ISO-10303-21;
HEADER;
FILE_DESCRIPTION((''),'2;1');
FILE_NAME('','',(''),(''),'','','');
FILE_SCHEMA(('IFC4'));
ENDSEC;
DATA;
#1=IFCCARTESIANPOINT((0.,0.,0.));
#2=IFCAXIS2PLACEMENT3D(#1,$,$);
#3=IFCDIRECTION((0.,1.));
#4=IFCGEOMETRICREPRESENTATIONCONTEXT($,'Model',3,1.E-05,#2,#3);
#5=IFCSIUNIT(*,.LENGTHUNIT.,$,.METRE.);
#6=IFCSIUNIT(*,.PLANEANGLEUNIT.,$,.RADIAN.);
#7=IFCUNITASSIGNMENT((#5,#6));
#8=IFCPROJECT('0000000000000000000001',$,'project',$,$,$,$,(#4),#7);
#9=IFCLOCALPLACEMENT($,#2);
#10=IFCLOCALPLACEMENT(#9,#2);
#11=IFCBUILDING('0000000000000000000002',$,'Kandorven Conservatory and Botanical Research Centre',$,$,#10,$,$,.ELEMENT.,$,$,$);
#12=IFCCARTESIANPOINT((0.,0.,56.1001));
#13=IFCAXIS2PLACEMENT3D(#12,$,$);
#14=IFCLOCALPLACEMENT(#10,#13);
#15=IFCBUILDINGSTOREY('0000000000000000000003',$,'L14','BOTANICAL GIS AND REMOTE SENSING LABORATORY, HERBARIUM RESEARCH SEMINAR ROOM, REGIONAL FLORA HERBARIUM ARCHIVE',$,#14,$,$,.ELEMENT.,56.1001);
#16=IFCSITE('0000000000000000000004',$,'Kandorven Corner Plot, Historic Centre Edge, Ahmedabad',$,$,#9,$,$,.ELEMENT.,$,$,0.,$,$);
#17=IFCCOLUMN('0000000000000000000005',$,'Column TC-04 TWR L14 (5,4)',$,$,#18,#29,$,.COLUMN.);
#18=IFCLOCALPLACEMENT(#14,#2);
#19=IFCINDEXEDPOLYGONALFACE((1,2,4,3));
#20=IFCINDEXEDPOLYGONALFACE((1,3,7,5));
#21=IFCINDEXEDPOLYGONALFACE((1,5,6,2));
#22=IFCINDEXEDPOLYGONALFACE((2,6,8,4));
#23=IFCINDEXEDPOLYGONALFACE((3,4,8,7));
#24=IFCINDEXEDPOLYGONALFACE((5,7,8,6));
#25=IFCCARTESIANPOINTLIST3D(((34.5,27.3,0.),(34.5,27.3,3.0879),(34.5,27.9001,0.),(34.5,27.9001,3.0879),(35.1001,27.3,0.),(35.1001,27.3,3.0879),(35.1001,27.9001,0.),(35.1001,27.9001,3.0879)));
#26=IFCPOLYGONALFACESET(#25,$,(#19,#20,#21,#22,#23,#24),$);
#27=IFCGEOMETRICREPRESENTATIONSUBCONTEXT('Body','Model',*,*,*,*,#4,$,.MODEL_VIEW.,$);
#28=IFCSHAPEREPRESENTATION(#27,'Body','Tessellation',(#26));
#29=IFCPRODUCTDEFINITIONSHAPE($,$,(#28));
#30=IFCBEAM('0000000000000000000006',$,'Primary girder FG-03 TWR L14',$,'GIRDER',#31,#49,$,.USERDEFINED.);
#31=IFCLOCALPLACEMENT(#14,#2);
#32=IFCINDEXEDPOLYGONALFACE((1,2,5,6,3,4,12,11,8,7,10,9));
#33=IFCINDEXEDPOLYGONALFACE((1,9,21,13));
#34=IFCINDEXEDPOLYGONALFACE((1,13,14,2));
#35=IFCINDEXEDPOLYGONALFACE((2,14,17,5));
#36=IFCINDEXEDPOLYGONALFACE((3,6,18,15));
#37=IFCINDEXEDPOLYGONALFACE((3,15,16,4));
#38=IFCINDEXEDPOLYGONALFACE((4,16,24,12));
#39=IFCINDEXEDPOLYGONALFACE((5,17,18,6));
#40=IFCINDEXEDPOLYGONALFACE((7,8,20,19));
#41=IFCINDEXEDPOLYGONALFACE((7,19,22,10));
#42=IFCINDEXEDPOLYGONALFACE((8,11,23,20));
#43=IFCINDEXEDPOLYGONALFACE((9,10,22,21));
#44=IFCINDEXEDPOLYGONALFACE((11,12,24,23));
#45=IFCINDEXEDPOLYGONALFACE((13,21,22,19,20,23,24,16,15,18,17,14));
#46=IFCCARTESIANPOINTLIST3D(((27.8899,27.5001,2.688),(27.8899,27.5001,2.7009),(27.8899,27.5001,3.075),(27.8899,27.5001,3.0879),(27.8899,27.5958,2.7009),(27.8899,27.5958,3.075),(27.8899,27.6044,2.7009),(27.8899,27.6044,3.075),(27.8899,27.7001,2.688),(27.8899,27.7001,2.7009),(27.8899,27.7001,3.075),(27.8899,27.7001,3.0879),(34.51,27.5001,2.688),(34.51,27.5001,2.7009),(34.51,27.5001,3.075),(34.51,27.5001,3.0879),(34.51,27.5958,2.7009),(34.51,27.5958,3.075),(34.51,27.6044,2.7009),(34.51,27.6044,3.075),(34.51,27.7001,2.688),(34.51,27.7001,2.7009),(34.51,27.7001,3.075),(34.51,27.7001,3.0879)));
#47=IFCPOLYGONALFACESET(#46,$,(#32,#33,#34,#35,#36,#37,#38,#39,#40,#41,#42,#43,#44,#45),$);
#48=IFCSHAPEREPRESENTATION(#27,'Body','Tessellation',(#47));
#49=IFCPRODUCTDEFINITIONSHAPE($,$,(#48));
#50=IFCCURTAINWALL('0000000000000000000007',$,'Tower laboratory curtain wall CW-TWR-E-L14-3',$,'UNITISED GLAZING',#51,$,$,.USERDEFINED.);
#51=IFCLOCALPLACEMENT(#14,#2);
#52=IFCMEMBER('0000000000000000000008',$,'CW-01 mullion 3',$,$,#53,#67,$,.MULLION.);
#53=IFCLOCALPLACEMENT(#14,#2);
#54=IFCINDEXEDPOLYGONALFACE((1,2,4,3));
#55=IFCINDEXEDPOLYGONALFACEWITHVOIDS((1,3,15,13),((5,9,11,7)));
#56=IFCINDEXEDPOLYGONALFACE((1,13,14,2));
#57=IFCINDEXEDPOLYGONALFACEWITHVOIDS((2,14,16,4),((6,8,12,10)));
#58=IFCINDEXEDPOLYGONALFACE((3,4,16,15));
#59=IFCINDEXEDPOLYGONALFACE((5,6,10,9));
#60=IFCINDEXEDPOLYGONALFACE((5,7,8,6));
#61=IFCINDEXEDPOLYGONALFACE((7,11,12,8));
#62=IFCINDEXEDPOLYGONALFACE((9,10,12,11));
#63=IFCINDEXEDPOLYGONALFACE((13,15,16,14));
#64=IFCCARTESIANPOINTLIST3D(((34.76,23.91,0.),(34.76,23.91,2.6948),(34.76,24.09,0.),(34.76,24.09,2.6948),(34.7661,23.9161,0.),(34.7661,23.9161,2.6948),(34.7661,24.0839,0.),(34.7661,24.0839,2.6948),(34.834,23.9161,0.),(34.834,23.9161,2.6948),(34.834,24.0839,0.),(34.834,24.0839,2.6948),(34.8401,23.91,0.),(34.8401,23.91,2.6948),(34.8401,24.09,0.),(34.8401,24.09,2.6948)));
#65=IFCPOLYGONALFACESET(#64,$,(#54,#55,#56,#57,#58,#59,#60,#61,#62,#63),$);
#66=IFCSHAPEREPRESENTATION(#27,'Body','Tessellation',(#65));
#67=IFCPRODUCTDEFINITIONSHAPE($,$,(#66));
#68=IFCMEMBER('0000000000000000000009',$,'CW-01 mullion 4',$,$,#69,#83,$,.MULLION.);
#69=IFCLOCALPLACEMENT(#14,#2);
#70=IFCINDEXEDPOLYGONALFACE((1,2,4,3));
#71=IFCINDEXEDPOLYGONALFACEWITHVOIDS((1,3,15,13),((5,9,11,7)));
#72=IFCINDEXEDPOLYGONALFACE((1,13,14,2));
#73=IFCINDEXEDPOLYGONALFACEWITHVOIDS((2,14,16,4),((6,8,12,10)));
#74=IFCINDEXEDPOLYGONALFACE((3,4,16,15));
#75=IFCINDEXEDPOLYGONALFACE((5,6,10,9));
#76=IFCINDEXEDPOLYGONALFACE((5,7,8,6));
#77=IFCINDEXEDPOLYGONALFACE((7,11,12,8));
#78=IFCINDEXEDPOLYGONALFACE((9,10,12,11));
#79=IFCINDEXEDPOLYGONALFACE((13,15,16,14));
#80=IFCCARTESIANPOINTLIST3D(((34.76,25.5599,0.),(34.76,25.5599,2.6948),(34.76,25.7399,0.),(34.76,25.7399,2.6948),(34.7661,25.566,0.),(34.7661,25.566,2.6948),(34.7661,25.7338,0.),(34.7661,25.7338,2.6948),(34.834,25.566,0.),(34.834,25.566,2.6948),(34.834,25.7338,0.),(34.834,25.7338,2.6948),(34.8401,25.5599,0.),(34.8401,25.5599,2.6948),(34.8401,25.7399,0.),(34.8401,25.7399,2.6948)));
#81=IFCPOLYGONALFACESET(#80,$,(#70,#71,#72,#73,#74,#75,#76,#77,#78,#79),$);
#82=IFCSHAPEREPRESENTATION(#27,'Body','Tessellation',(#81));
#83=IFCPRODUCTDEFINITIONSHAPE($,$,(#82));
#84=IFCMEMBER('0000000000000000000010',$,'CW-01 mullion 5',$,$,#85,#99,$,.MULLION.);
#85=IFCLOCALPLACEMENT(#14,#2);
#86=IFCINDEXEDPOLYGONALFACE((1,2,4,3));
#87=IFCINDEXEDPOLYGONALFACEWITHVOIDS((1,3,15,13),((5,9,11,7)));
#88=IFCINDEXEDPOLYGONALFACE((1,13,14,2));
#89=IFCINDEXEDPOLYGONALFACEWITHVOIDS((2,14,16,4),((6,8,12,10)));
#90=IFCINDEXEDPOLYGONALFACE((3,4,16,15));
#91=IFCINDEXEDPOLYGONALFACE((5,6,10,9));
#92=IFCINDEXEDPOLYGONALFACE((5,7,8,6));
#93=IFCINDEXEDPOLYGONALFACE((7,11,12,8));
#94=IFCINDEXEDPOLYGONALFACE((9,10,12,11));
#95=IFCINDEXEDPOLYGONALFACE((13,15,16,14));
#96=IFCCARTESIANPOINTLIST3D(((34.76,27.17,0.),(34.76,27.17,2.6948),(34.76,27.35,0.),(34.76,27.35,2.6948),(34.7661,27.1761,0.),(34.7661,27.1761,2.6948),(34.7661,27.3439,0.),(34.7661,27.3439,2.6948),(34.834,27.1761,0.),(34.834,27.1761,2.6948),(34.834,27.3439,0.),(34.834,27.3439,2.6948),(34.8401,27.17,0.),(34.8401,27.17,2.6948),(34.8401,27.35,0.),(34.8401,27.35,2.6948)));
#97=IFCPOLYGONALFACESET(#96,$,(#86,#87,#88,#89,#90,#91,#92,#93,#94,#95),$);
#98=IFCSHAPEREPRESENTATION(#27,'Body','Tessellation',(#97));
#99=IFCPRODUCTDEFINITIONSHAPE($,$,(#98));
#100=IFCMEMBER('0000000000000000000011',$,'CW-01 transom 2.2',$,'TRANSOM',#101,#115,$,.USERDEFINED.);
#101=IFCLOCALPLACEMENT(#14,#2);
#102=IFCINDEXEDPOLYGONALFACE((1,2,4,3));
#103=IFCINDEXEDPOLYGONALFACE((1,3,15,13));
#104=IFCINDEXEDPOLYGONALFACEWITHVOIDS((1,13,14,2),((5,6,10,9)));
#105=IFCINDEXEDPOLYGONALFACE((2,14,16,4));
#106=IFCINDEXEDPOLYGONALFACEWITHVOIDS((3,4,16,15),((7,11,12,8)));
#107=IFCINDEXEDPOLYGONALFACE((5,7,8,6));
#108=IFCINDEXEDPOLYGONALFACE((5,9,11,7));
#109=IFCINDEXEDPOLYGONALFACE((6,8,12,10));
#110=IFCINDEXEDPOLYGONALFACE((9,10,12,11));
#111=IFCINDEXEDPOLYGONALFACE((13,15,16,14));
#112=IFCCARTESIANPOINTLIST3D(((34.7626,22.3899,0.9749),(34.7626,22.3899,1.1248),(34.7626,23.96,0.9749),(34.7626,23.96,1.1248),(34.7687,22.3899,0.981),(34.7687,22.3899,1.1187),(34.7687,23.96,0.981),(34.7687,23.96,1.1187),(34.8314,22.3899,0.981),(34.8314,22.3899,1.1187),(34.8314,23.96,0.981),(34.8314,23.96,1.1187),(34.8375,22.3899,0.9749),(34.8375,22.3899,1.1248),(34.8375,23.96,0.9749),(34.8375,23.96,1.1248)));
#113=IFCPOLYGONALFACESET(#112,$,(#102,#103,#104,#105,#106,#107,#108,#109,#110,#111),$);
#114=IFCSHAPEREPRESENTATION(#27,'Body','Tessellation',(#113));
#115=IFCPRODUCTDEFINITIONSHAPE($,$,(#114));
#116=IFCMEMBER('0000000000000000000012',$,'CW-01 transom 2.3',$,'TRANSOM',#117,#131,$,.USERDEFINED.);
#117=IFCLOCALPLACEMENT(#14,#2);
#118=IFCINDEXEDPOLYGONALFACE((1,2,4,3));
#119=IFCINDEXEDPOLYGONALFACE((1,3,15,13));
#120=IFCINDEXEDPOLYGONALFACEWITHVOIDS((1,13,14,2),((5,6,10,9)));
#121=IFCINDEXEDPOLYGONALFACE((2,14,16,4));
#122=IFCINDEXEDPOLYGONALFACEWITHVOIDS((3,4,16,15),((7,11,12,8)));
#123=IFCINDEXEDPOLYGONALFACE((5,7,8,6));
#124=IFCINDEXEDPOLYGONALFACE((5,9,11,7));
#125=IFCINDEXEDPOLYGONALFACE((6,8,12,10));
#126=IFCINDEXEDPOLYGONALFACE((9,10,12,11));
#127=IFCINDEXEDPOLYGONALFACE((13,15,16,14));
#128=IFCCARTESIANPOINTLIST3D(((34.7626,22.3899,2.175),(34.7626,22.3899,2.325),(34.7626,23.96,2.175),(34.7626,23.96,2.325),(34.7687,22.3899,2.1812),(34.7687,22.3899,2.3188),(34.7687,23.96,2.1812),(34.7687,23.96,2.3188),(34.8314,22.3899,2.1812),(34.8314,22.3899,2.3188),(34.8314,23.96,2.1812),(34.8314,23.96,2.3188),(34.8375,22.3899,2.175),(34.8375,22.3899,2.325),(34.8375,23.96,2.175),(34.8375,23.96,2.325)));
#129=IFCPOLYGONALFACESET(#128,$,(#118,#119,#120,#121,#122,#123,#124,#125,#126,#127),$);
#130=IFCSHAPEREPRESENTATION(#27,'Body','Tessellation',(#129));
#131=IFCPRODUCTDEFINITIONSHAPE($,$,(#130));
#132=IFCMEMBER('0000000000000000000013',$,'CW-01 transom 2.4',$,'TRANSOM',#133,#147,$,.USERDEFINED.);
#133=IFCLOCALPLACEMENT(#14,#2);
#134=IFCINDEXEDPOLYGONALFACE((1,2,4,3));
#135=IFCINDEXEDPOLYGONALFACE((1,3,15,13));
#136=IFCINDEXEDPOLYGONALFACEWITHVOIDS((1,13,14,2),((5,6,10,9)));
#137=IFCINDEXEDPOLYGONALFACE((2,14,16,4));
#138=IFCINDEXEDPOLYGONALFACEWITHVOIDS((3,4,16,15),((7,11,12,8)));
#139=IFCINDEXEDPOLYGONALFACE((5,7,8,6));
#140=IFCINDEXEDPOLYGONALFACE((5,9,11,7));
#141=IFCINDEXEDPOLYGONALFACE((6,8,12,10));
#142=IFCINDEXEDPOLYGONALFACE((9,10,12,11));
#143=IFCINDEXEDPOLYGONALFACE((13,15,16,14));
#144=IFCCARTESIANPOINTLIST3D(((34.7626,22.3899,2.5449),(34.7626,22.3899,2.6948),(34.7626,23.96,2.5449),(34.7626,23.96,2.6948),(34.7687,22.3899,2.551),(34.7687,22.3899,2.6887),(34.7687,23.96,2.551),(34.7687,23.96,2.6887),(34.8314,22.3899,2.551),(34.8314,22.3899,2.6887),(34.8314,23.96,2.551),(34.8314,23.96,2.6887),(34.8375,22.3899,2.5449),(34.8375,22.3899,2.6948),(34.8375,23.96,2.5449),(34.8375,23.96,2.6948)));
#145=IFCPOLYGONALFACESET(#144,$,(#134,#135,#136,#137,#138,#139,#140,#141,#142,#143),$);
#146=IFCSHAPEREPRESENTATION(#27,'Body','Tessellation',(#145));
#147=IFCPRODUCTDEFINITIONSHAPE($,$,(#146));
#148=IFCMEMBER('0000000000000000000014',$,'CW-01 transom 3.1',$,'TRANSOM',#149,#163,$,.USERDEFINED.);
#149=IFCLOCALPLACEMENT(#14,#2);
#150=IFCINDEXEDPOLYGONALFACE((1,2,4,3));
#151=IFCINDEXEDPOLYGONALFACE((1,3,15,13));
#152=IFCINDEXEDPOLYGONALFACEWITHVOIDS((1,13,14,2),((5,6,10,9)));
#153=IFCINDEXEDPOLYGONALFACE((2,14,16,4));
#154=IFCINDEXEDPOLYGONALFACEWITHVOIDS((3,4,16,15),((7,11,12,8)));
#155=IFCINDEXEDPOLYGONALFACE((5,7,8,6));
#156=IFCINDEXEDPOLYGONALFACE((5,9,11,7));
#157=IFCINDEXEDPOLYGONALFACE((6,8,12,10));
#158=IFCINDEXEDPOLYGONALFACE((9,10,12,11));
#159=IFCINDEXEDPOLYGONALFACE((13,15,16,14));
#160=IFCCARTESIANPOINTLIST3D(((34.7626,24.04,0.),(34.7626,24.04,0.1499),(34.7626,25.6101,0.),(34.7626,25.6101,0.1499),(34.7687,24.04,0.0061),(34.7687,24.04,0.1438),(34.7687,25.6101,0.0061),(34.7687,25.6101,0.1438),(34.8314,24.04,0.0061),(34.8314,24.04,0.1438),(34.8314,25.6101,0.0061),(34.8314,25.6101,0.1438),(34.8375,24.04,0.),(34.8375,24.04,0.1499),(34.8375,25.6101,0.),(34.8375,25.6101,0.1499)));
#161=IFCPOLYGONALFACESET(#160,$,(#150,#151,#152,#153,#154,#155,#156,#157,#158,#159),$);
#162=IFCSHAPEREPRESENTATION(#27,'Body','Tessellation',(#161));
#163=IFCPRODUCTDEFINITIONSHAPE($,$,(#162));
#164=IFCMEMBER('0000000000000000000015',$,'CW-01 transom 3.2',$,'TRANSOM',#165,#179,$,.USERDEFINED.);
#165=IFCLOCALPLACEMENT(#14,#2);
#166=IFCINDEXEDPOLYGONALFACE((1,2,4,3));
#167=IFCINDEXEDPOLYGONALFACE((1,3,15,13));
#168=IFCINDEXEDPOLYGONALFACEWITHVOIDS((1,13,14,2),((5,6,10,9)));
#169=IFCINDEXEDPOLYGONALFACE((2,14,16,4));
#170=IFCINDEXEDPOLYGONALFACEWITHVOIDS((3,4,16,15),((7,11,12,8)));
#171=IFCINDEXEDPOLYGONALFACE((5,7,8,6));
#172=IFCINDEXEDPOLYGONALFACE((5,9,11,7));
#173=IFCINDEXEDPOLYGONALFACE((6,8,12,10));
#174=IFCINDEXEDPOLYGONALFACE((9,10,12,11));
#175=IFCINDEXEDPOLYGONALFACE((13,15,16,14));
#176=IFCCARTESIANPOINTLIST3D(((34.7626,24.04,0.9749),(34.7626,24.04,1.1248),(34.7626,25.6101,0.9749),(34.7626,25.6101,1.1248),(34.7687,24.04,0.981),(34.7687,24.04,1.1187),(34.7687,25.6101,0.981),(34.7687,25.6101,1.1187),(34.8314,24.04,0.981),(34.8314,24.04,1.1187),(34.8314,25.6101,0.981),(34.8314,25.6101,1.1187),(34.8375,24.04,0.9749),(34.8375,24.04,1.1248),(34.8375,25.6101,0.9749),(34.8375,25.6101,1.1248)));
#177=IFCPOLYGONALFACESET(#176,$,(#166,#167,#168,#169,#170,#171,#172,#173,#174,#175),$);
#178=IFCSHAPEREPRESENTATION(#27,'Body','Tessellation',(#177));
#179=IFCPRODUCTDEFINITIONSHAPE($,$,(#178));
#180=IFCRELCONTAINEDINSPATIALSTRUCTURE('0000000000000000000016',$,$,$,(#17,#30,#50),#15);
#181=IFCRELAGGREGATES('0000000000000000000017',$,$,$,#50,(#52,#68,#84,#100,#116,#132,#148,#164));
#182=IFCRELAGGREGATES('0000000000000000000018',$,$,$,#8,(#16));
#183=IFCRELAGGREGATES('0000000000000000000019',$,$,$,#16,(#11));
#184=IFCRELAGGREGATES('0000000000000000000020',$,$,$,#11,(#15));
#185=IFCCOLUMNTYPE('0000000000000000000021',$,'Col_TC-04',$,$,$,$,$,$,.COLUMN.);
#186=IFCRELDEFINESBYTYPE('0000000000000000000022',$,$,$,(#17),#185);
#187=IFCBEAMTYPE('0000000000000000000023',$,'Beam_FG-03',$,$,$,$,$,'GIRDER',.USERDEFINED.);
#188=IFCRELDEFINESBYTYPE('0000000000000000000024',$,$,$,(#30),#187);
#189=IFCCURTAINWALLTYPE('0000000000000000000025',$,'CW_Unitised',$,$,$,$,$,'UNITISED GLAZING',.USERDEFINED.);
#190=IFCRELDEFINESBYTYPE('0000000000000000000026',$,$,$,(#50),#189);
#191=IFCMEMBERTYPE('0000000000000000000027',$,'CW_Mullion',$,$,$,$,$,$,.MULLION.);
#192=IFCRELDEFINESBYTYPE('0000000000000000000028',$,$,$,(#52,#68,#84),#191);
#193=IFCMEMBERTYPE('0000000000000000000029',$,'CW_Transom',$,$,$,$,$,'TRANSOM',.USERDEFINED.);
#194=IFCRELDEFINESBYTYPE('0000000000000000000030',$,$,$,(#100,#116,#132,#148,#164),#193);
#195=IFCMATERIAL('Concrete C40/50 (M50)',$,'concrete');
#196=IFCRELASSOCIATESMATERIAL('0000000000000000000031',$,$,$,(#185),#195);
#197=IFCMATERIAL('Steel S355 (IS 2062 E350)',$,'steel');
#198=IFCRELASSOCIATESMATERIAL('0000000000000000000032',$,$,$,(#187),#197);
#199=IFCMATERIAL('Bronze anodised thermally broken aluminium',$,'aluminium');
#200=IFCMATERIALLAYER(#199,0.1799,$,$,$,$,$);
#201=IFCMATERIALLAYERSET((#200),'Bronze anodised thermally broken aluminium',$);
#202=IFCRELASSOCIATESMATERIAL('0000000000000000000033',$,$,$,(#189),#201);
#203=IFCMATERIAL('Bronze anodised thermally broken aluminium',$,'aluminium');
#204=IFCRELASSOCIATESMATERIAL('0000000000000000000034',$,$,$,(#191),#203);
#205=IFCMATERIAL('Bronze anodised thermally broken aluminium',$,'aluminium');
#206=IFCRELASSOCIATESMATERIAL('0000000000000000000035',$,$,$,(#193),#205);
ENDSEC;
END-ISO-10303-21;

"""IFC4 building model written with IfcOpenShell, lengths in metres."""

from ifc_helpers import new_model, si_unit, direction, frame, origin, origin_2d, place, context, subcontext, project, spatial, rectangle, hollow_rectangle, i_section, extrude, material, layer, layer_set, material_profile, profile_set, type_object, element, aggregate, save


model = new_model("IFC4")

# Units and contexts
model_context = context("Model", 3, precision=1e-05, world=origin(), true_north=direction((0.0, 1.0)))
body_context = subcontext(model_context, "Body", "Model", "MODEL_VIEW")
ifc_project = project(units=[si_unit("LENGTHUNIT", "METRE"), si_unit("PLANEANGLEUNIT", "RADIAN")], contexts=[model_context])

# Site, building, storey
site_placement = place(None, origin())
site = spatial("IfcSite", under=ifc_project, at=site_placement, Name="Kandorven Corner Plot, Historic Centre Edge, Ahmedabad", CompositionType="ELEMENT", RefElevation=0.0)
building_placement = place(site_placement, origin())
building = spatial("IfcBuilding", under=site, at=building_placement, Name="Kandorven Conservatory and Botanical Research Centre", CompositionType="ELEMENT")
storey_placement = place(building_placement, frame((0.0, 0.0, 56.1001)))
storey = spatial("IfcBuildingStorey", under=building, at=storey_placement, Name="L14", Description="BOTANICAL GIS AND REMOTE SENSING LABORATORY, HERBARIUM RESEARCH SEMINAR ROOM, REGIONAL FLORA HERBARIUM ARCHIVE", CompositionType="ELEMENT", Elevation=56.1001)

# Column
ifc_material_1 = material(Name="Concrete C40/50 (M50)", Category="concrete")
ifc_material_profile_1 = material_profile(ifc_material_1, rectangle(XDim=0.6001, YDim=0.6001, at=origin_2d()))
ifc_profile_set_1 = profile_set([ifc_material_profile_1], Name="Concrete C40/50 (M50)")
column_type = type_object("IfcColumnType", Name="Col_TC-04", PredefinedType="COLUMN", material=ifc_profile_set_1)
column_placement = place(storey_placement, frame((34.8, 27.6001, 0.0), z_axis=(0.0, 0.0, 1.0), x_axis=(1.0, 0.0, 0.0)))
element("IfcColumn", 1, at=column_placement, inside=storey, type_object=column_type, Name="Column TC-04 TWR L14 (5,4)", PredefinedType="COLUMN", context=body_context, shape_type="SweptSolid", body=[
    extrude(rectangle(XDim=0.6001, YDim=0.6001, at=origin_2d()), origin(), (0.0, 0.0, 1.0), 3.0879),
])

# Beam
ifc_material_2 = material(Name="Steel S355 (IS 2062 E350)", Category="steel")
ifc_material_profile_2 = material_profile(ifc_material_2, i_section(OverallWidth=0.2, OverallDepth=0.3999, WebThickness=0.0085, FlangeThickness=0.0129, at=origin_2d()))
ifc_profile_set_2 = profile_set([ifc_material_profile_2], Name="Steel S355 (IS 2062 E350)")
beam_type = type_object("IfcBeamType", Name="Beam_FG-03", ElementType="GIRDER", PredefinedType="USERDEFINED", material=ifc_profile_set_2)
beam_placement = place(storey_placement, frame((27.8899, 27.6001, 2.8879), z_axis=(1.0, 0.0, 0.0), x_axis=(0.0, 1.0, 0.0)))
element("IfcBeam", 2, at=beam_placement, inside=storey, type_object=beam_type, Name="Primary girder FG-03 TWR L14", ObjectType="GIRDER", PredefinedType="USERDEFINED", context=body_context, shape_type="SweptSolid", body=[
    extrude(i_section(OverallWidth=0.2, OverallDepth=0.3999, WebThickness=0.0085, FlangeThickness=0.0129, at=origin_2d()), origin(), (0.0, 0.0, 1.0), 6.6201),
])

# Curtain wall, members
ifc_material_3 = material(Name="Bronze anodised thermally broken aluminium", Category="aluminium")
ifc_layer_1 = layer(ifc_material_3, 0.1799)
ifc_layer_set_1 = layer_set([ifc_layer_1], Name="Bronze anodised thermally broken aluminium")
curtain_wall_type = type_object("IfcCurtainWallType", Name="CW_Unitised", ElementType="UNITISED GLAZING", PredefinedType="USERDEFINED", material=ifc_layer_set_1)
curtain_wall_placement = place(storey_placement, origin())
curtain_wall = element("IfcCurtainWall", 3, at=curtain_wall_placement, inside=storey, type_object=curtain_wall_type, Name="Tower laboratory curtain wall CW-TWR-E-L14-3", ObjectType="UNITISED GLAZING", PredefinedType="USERDEFINED")
ifc_material_4 = material(Name="Bronze anodised thermally broken aluminium", Category="aluminium")
ifc_material_profile_3 = material_profile(ifc_material_4, hollow_rectangle(XDim=0.0801, YDim=0.1799, WallThickness=0.0061, at=origin_2d()))
ifc_profile_set_3 = profile_set([ifc_material_profile_3], Name="Bronze anodised thermally broken aluminium")
member_type_1 = type_object("IfcMemberType", Name="CW_Mullion", PredefinedType="MULLION", material=ifc_profile_set_3)
member_1_placement = place(storey_placement, frame((34.8, 24.0, 0.0), z_axis=(0.0, 0.0, 1.0), x_axis=(-1.0, 0.0, 0.0)))
member_1 = element("IfcMember", 4, at=member_1_placement, type_object=member_type_1, Name="CW-01 mullion 3", PredefinedType="MULLION", context=body_context, shape_type="SweptSolid", body=[
    extrude(hollow_rectangle(XDim=0.0801, YDim=0.1799, WallThickness=0.0061, at=origin_2d()), origin(), (0.0, 0.0, 1.0), 2.6948),
])
member_2_placement = place(storey_placement, frame((34.8, 25.6499, 0.0), z_axis=(0.0, 0.0, 1.0), x_axis=(-1.0, 0.0, 0.0)))
member_2 = element("IfcMember", 5, at=member_2_placement, type_object=member_type_1, Name="CW-01 mullion 4", PredefinedType="MULLION", context=body_context, shape_type="SweptSolid", body=[
    extrude(hollow_rectangle(XDim=0.0801, YDim=0.1799, WallThickness=0.0061, at=origin_2d()), origin(), (0.0, 0.0, 1.0), 2.6948),
])
member_3_placement = place(storey_placement, frame((34.8, 27.26, 0.0), z_axis=(0.0, 0.0, 1.0), x_axis=(-1.0, 0.0, 0.0)))
member_3 = element("IfcMember", 6, at=member_3_placement, type_object=member_type_1, Name="CW-01 mullion 5", PredefinedType="MULLION", context=body_context, shape_type="SweptSolid", body=[
    extrude(hollow_rectangle(XDim=0.0801, YDim=0.1799, WallThickness=0.0061, at=origin_2d()), origin(), (0.0, 0.0, 1.0), 2.6948),
])
ifc_material_5 = material(Name="Bronze anodised thermally broken aluminium", Category="aluminium")
ifc_material_profile_4 = material_profile(ifc_material_5, hollow_rectangle(XDim=0.075, YDim=0.1499, WallThickness=0.0061, at=origin_2d()))
ifc_profile_set_4 = profile_set([ifc_material_profile_4], Name="Bronze anodised thermally broken aluminium")
member_type_2 = type_object("IfcMemberType", Name="CW_Transom", ElementType="TRANSOM", PredefinedType="USERDEFINED", material=ifc_profile_set_4)
member_4_placement = place(storey_placement, frame((34.8, 22.3899, 1.0498), z_axis=(0.0, 1.0, 0.0), x_axis=(-1.0, 0.0, 0.0)))
member_4 = element("IfcMember", 7, at=member_4_placement, type_object=member_type_2, Name="CW-01 transom 2.2", ObjectType="TRANSOM", PredefinedType="USERDEFINED", context=body_context, shape_type="SweptSolid", body=[
    extrude(hollow_rectangle(XDim=0.075, YDim=0.1499, WallThickness=0.0061, at=origin_2d()), origin(), (0.0, 0.0, 1.0), 1.5701),
])
member_5_placement = place(storey_placement, frame((34.8, 22.3899, 2.25), z_axis=(0.0, 1.0, 0.0), x_axis=(-1.0, 0.0, 0.0)))
member_5 = element("IfcMember", 8, at=member_5_placement, type_object=member_type_2, Name="CW-01 transom 2.3", ObjectType="TRANSOM", PredefinedType="USERDEFINED", context=body_context, shape_type="SweptSolid", body=[
    extrude(hollow_rectangle(XDim=0.075, YDim=0.1499, WallThickness=0.0061, at=origin_2d()), origin(), (0.0, 0.0, 1.0), 1.5701),
])
member_6_placement = place(storey_placement, frame((34.8, 22.3899, 2.6199), z_axis=(0.0, 1.0, 0.0), x_axis=(-1.0, 0.0, 0.0)))
member_6 = element("IfcMember", 9, at=member_6_placement, type_object=member_type_2, Name="CW-01 transom 2.4", ObjectType="TRANSOM", PredefinedType="USERDEFINED", context=body_context, shape_type="SweptSolid", body=[
    extrude(hollow_rectangle(XDim=0.075, YDim=0.1499, WallThickness=0.0061, at=origin_2d()), origin(), (0.0, 0.0, 1.0), 1.5701),
])
member_7_placement = place(storey_placement, frame((34.8, 24.04, 0.075), z_axis=(0.0, 1.0, 0.0), x_axis=(-1.0, 0.0, 0.0)))
member_7 = element("IfcMember", 10, at=member_7_placement, type_object=member_type_2, Name="CW-01 transom 3.1", ObjectType="TRANSOM", PredefinedType="USERDEFINED", context=body_context, shape_type="SweptSolid", body=[
    extrude(hollow_rectangle(XDim=0.075, YDim=0.1499, WallThickness=0.0061, at=origin_2d()), origin(), (0.0, 0.0, 1.0), 1.5701),
])
member_8_placement = place(storey_placement, frame((34.8, 24.04, 1.0498), z_axis=(0.0, 1.0, 0.0), x_axis=(-1.0, 0.0, 0.0)))
member_8 = element("IfcMember", 11, at=member_8_placement, type_object=member_type_2, Name="CW-01 transom 3.2", ObjectType="TRANSOM", PredefinedType="USERDEFINED", context=body_context, shape_type="SweptSolid", body=[
    extrude(hollow_rectangle(XDim=0.075, YDim=0.1499, WallThickness=0.0061, at=origin_2d()), origin(), (0.0, 0.0, 1.0), 1.5701),
])
aggregate(curtain_wall, [member_1, member_2, member_3, member_4, member_5, member_6, member_7, member_8])

save(model, "model.ifc")
